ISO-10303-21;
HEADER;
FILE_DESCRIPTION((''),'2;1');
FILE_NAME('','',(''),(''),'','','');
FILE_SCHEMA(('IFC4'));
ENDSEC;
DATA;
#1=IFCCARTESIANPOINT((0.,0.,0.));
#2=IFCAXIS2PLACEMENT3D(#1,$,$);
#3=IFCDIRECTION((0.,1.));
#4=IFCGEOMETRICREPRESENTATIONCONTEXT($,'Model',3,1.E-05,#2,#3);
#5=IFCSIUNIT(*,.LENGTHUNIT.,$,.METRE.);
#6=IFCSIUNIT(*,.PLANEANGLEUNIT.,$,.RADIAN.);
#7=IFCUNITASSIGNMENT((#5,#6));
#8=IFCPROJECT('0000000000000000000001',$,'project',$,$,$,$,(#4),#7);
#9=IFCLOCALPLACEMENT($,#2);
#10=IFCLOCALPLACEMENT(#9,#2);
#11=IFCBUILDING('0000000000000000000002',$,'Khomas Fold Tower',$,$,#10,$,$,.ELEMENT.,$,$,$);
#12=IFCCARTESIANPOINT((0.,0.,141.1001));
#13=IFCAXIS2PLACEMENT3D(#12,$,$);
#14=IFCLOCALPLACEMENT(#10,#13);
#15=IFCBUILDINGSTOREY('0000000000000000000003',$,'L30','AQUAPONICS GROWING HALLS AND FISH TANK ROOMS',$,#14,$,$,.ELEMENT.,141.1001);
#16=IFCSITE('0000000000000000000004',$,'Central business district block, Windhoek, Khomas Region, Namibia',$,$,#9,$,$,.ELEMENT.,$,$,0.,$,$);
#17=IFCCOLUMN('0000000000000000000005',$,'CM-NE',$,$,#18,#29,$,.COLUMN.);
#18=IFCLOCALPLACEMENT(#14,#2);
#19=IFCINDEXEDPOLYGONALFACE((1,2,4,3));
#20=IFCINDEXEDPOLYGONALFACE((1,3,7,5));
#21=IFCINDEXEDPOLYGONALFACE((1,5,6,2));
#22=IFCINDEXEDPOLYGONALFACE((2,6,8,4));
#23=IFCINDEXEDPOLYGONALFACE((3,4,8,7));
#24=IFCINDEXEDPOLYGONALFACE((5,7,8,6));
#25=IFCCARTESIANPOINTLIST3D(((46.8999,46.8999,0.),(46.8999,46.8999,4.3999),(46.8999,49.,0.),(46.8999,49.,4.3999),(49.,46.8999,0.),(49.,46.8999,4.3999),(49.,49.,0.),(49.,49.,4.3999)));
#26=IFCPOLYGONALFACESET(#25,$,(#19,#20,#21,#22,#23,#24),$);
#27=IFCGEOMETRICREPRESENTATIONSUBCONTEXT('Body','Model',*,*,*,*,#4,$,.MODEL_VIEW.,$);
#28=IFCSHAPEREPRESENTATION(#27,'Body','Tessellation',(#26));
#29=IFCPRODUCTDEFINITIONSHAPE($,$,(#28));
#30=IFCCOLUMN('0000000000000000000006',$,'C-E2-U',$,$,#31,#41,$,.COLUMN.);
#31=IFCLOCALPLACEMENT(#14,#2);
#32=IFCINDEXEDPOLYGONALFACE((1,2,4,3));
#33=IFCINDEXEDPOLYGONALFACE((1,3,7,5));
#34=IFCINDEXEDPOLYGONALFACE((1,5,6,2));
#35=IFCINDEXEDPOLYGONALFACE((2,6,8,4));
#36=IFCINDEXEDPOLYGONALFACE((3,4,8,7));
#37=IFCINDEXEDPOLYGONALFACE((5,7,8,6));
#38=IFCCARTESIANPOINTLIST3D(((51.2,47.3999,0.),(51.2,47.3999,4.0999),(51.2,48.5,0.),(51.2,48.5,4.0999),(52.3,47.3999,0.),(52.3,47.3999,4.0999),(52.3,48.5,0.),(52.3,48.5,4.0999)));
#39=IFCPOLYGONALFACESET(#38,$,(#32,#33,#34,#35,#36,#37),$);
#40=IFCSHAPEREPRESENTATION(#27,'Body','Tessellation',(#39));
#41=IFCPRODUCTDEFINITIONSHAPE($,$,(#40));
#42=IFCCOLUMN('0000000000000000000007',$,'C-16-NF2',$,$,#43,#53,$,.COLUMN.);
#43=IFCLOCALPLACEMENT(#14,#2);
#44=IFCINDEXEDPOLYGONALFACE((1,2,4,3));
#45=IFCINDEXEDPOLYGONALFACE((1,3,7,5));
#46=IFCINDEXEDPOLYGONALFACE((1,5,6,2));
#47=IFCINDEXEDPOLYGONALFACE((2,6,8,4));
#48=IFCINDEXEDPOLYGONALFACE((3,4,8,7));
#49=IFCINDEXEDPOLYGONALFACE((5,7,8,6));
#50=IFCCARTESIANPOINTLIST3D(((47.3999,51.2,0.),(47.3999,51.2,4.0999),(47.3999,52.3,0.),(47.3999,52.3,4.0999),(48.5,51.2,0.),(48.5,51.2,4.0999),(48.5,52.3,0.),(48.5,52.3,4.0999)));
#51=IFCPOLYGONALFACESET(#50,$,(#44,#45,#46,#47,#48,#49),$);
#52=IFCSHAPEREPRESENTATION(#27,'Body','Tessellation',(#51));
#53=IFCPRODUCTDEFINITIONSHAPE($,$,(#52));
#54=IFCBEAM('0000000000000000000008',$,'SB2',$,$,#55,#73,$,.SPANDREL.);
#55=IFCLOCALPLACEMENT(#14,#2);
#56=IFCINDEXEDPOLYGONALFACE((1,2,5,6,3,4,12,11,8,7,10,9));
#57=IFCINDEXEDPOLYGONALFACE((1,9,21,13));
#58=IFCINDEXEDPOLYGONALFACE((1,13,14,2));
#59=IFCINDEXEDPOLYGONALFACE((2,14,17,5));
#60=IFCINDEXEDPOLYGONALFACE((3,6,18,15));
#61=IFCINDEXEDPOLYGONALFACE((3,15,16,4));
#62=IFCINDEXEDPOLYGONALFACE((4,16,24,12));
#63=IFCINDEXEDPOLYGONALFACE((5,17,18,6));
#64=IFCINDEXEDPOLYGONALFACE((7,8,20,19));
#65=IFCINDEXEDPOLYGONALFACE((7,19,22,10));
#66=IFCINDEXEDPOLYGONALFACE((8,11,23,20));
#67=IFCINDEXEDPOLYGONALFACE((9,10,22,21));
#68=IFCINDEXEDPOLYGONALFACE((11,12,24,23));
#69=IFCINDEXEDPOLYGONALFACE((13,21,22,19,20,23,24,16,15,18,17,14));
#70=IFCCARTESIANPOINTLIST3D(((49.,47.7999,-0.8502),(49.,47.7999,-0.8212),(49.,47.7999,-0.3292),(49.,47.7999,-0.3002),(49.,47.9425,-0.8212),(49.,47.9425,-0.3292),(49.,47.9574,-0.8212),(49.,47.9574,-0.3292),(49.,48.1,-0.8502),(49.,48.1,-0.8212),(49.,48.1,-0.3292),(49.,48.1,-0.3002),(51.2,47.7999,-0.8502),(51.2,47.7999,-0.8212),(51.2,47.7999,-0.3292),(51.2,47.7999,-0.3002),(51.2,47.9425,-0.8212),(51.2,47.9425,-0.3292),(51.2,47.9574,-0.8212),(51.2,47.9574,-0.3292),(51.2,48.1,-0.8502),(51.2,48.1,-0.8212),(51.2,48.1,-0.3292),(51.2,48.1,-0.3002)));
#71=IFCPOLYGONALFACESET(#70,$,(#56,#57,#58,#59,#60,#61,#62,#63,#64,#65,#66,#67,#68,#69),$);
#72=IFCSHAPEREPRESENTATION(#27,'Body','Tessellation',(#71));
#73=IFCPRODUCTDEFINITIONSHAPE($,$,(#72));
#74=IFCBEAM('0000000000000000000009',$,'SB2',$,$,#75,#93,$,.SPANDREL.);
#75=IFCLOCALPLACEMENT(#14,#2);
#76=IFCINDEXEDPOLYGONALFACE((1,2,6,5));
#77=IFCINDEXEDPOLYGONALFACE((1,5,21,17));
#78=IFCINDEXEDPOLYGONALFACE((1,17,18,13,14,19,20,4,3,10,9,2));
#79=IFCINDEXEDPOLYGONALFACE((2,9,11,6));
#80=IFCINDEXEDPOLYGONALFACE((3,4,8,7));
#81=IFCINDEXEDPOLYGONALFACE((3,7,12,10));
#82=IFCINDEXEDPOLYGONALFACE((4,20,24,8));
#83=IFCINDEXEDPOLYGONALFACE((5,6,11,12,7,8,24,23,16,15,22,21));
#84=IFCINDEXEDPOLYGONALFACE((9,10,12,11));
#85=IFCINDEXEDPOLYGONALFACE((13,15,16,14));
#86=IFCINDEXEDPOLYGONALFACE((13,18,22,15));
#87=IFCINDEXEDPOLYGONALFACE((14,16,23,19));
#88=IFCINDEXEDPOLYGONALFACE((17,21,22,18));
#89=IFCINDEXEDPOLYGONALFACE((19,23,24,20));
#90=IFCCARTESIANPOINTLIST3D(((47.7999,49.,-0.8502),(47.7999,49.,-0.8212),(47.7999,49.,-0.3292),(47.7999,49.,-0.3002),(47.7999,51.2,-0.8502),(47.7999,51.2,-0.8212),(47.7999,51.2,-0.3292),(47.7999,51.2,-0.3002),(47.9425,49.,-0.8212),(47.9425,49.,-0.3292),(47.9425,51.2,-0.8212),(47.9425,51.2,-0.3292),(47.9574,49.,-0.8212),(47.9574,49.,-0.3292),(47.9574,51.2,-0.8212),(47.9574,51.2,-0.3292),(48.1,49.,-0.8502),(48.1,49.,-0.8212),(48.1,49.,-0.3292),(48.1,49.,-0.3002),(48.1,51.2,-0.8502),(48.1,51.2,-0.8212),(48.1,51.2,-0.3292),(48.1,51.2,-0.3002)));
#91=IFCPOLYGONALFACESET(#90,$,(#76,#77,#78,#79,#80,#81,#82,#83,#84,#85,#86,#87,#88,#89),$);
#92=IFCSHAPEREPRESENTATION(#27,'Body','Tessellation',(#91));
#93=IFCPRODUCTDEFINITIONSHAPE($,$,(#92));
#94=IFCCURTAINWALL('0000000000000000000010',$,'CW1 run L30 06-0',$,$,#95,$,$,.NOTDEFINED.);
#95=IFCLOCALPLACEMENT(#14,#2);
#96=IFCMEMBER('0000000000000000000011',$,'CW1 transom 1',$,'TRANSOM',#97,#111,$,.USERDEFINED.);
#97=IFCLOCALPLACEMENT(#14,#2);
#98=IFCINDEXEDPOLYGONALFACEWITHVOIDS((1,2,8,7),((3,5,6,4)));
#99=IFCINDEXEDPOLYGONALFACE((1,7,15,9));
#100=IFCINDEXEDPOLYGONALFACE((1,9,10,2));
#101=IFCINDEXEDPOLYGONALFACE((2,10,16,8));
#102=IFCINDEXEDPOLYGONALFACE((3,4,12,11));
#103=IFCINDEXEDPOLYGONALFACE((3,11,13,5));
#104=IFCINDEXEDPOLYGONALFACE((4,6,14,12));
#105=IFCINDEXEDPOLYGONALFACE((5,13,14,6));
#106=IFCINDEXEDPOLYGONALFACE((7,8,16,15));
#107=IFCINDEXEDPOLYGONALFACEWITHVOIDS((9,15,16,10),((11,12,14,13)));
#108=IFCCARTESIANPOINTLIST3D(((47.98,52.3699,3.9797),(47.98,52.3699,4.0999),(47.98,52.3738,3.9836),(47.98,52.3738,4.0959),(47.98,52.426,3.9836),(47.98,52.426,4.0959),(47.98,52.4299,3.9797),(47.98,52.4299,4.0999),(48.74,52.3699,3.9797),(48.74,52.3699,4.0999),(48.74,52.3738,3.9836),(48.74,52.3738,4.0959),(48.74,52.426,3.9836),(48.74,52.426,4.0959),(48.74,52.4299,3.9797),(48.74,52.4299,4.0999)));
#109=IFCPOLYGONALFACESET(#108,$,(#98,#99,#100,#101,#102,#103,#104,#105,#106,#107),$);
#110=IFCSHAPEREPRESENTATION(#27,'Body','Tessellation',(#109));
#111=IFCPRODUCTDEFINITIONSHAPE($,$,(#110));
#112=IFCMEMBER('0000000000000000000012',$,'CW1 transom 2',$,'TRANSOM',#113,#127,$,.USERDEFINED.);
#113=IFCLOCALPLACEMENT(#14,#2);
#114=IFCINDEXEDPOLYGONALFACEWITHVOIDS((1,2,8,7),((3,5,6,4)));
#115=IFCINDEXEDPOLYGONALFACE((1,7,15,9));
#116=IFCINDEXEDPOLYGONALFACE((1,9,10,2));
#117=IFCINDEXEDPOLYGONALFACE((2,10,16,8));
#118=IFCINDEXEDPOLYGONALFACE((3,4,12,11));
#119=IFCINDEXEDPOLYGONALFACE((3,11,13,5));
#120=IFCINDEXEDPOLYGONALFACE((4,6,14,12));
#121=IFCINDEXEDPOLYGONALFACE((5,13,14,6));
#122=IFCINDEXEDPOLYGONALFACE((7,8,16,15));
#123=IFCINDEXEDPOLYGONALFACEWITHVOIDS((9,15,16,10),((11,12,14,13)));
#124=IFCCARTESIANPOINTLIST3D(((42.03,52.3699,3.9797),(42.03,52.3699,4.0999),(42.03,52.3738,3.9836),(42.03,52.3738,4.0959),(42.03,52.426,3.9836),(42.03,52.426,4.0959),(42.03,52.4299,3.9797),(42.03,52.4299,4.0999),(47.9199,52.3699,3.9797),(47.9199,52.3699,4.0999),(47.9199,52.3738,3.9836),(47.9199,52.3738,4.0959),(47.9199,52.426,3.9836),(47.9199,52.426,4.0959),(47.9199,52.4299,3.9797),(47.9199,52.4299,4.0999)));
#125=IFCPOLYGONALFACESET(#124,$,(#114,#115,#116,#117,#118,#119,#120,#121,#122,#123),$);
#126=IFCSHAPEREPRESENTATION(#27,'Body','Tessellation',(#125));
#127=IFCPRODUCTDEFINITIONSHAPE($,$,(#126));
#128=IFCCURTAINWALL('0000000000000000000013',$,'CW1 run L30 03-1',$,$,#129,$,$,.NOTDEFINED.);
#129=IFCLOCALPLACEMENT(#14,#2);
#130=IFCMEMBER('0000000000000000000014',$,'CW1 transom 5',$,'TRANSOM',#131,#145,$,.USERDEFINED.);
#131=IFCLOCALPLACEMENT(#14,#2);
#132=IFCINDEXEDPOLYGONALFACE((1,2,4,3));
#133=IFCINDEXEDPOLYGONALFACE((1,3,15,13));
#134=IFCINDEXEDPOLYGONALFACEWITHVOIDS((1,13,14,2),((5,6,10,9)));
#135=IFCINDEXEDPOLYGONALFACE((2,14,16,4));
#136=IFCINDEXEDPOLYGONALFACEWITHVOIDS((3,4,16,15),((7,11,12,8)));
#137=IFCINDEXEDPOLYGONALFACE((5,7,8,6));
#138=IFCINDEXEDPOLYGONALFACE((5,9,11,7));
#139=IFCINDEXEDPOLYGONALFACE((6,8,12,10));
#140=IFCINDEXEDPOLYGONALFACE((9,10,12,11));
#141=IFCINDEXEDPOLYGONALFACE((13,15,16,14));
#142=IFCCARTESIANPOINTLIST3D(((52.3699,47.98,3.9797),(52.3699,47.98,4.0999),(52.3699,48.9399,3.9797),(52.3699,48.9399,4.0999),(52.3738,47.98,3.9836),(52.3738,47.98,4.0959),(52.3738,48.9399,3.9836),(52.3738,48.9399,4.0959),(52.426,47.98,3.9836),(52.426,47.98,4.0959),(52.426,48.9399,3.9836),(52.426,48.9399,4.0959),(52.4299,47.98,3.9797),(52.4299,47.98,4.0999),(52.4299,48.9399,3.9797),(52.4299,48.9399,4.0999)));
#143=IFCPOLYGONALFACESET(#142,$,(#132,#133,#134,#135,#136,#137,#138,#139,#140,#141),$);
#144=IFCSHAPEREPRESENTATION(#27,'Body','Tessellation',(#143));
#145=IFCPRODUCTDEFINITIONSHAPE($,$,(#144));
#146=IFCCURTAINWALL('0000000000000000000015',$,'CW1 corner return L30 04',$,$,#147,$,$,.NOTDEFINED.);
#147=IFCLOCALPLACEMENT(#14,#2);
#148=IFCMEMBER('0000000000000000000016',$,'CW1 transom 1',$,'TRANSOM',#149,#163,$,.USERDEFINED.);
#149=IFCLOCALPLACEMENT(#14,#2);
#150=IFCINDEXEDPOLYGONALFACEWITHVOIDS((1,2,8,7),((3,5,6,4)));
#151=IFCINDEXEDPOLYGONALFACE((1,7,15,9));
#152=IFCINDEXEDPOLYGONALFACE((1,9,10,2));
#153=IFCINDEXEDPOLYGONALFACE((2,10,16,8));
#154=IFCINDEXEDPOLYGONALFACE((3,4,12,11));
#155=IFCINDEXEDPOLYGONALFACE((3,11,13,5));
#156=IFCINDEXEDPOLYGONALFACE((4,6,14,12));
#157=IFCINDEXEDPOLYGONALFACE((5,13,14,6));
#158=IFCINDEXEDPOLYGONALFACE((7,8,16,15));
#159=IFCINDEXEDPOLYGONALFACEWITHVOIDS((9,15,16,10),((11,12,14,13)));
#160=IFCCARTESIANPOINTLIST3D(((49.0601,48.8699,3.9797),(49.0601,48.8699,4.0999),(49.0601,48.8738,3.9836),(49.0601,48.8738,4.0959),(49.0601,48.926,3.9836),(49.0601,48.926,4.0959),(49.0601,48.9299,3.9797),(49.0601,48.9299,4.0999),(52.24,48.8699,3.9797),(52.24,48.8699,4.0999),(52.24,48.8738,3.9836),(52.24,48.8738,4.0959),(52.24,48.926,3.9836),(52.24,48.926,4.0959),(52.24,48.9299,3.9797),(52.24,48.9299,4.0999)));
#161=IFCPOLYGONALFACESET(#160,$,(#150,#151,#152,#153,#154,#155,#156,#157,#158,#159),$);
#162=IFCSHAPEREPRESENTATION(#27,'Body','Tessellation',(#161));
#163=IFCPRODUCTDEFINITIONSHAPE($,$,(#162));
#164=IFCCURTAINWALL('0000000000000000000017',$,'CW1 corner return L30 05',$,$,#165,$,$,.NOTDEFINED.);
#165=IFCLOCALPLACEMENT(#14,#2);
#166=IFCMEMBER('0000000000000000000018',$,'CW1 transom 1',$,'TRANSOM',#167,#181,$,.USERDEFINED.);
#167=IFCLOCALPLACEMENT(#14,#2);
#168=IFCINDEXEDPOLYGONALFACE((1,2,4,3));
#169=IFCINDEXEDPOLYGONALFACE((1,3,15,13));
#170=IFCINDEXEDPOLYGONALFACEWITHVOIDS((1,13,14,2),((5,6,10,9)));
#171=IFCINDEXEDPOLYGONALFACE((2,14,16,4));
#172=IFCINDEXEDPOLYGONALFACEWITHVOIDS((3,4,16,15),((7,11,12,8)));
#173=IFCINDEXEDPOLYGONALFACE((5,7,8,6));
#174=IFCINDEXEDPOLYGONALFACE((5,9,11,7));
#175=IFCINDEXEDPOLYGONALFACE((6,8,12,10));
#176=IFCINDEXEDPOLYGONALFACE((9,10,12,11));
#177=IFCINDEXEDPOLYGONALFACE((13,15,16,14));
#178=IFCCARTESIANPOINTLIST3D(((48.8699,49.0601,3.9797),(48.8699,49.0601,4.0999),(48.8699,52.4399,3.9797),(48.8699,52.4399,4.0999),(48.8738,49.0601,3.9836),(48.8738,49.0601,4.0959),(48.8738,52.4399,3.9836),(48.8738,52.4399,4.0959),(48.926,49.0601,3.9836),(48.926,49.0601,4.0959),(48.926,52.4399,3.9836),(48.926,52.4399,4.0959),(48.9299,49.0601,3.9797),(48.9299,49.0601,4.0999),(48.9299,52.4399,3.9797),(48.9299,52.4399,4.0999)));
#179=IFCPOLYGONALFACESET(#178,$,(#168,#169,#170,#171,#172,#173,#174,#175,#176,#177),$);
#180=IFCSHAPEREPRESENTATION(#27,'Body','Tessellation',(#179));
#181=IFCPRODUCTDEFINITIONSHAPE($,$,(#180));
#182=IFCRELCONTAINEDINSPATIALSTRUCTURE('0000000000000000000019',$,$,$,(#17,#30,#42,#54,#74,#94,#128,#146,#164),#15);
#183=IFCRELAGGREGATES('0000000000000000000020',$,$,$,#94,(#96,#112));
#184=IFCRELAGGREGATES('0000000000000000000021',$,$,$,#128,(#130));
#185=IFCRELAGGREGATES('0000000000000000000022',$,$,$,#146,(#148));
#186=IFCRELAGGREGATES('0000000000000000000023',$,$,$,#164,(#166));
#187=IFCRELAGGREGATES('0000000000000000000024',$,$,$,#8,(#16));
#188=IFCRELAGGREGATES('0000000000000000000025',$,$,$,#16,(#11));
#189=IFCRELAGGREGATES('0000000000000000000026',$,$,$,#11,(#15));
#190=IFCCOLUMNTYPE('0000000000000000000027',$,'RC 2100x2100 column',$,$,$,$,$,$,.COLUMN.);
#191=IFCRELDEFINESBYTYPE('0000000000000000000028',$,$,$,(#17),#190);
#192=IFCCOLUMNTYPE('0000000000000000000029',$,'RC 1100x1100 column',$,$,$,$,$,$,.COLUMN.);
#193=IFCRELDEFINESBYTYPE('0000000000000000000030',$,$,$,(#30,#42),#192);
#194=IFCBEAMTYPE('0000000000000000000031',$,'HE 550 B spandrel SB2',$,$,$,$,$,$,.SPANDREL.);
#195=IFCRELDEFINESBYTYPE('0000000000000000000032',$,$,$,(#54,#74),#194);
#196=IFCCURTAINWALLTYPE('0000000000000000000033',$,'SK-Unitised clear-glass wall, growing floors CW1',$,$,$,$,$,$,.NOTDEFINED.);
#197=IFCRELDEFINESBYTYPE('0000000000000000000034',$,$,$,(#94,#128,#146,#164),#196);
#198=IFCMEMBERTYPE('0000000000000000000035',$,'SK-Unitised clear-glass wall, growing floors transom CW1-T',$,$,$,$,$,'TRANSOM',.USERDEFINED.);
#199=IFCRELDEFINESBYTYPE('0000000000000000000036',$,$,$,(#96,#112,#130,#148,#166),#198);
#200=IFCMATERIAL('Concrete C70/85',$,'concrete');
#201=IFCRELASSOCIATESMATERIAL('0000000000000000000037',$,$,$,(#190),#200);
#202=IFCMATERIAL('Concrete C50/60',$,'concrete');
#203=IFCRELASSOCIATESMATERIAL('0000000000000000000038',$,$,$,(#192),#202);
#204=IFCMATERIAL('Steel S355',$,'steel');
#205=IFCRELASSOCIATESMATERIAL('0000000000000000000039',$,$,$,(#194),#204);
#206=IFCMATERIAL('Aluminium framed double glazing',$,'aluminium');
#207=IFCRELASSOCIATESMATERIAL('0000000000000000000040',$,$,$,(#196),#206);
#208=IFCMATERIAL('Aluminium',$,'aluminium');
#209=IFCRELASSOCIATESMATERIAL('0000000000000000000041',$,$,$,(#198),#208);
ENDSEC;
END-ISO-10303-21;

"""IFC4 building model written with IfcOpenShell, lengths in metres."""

from ifc_helpers import new_model, si_unit, direction, frame, origin, origin_2d, place, context, subcontext, project, spatial, rectangle, hollow_rectangle, i_section, extrude, source, transform, mapped, material, material_profile, profile_set, type_object, element, aggregate, save


model = new_model("IFC4")

# Units and contexts
model_context = context("Model", 3, precision=1e-05, world=origin(), true_north=direction((0.0, 1.0)))
body_context = subcontext(model_context, "Body", "Model", "MODEL_VIEW")
ifc_project = project(units=[si_unit("LENGTHUNIT", "METRE"), si_unit("PLANEANGLEUNIT", "RADIAN")], contexts=[model_context])

# Site, building, storey
site_placement = place(None, origin())
site = spatial("IfcSite", under=ifc_project, at=site_placement, Name="Central business district block, Windhoek, Khomas Region, Namibia", CompositionType="ELEMENT", RefElevation=0.0)
building_placement = place(site_placement, origin())
building = spatial("IfcBuilding", under=site, at=building_placement, Name="Khomas Fold Tower", CompositionType="ELEMENT")
storey_placement = place(building_placement, frame((0.0, 0.0, 141.1001)))
storey = spatial("IfcBuildingStorey", under=building, at=storey_placement, Name="L30", Description="AQUAPONICS GROWING HALLS AND FISH TANK ROOMS", CompositionType="ELEMENT", Elevation=141.1001)

# Columns
ifc_material_1 = material(Name="Concrete C70/85", Category="concrete")
ifc_material_profile_1 = material_profile(ifc_material_1, rectangle(XDim=2.1001, YDim=2.1001, at=origin_2d()), Name="RC 2100x2100")
ifc_profile_set_1 = profile_set([ifc_material_profile_1], Name="Concrete C70/85")
column_type_1 = type_object("IfcColumnType", Name="RC 2100x2100 column", PredefinedType="COLUMN", material=ifc_profile_set_1)
shared_shape_1 = source(origin(), body_context, "Body", "SweptSolid", [
    extrude(rectangle(XDim=2.1001, YDim=2.1001, at=origin_2d()), origin(), (0.0, 0.0, 1.0), 4.3999),
])
column_placement = place(storey_placement, frame((47.95, 47.95, 0.0), z_axis=(0.0, 0.0, 1.0), x_axis=(1.0, 0.0, 0.0)))
element("IfcColumn", 1, at=column_placement, inside=storey, type_object=column_type_1, Name="CM-NE", PredefinedType="COLUMN", context=body_context, shape_type="MappedRepresentation", body=[
    mapped(shared_shape_1, transform((0.0, 0.0, 0.0))),
])
ifc_material_2 = material(Name="Concrete C50/60", Category="concrete")
ifc_material_profile_2 = material_profile(ifc_material_2, rectangle(XDim=1.1001, YDim=1.1001, at=origin_2d()), Name="RC 1100x1100")
ifc_profile_set_2 = profile_set([ifc_material_profile_2], Name="Concrete C50/60")
column_type_2 = type_object("IfcColumnType", Name="RC 1100x1100 column", PredefinedType="COLUMN", material=ifc_profile_set_2)
shared_shape_2 = source(origin(), body_context, "Body", "SweptSolid", [
    extrude(rectangle(XDim=1.1001, YDim=1.1001, at=origin_2d()), origin(), (0.0, 0.0, 1.0), 4.0999),
])
for number, where, z_axis, x_axis, name in (
    (2, (51.75, 47.95, 0.0), (0.0, 0.0, 1.0), (1.0, 0.0, 0.0), "C-E2-U"),
    (3, (47.95, 51.75, 0.0), (0.0, 0.0, 1.0), (1.0, 0.0, 0.0), "C-16-NF2"),
):
    element("IfcColumn", number, at=place(storey_placement, frame(where, z_axis=z_axis, x_axis=x_axis)), inside=storey, type_object=column_type_2, Name=name, PredefinedType="COLUMN", context=body_context, shape_type="MappedRepresentation", body=[
        mapped(shared_shape_2, transform((0.0, 0.0, 0.0))),
    ])

# Beams
ifc_material_3 = material(Name="Steel S355", Category="steel")
ifc_material_profile_3 = material_profile(ifc_material_3, i_section(OverallWidth=0.3, OverallDepth=0.55, WebThickness=0.0149, FlangeThickness=0.0291, at=origin_2d()), Name="HE 550 B")
ifc_profile_set_3 = profile_set([ifc_material_profile_3], Name="Steel S355")
beam_type = type_object("IfcBeamType", Name="HE 550 B spandrel SB2", PredefinedType="SPANDREL", material=ifc_profile_set_3)
shared_shape_3 = source(origin(), body_context, "Body", "SweptSolid", [
    extrude(i_section(OverallWidth=0.3, OverallDepth=0.55, WebThickness=0.0149, FlangeThickness=0.0291, at=origin_2d()), origin(), (0.0, 0.0, 1.0), 2.2),
])
for number, where, z_axis, x_axis, name in (
    (4, (49.0, 47.95, -0.5752), (1.0, 0.0, 0.0), (0.0, 1.0, 0.0), "SB2"),
    (5, (47.95, 49.0, -0.5752), (0.0, 1.0, 0.0), (-1.0, 0.0, 0.0), "SB2"),
):
    element("IfcBeam", number, at=place(storey_placement, frame(where, z_axis=z_axis, x_axis=x_axis)), inside=storey, type_object=beam_type, Name=name, PredefinedType="SPANDREL", context=body_context, shape_type="MappedRepresentation", body=[
        mapped(shared_shape_3, transform((0.0, 0.0, 0.0))),
    ])

# Curtain wall, members
ifc_material_4 = material(Name="Aluminium framed double glazing", Category="aluminium")
curtain_wall_type = type_object("IfcCurtainWallType", Name="SK-Unitised clear-glass wall, growing floors CW1", PredefinedType="NOTDEFINED", material=ifc_material_4)
curtain_wall_1_placement = place(storey_placement, origin())
curtain_wall_1 = element("IfcCurtainWall", 6, at=curtain_wall_1_placement, inside=storey, type_object=curtain_wall_type, Name="CW1 run L30 06-0", PredefinedType="NOTDEFINED")
ifc_material_5 = material(Name="Aluminium", Category="aluminium")
ifc_material_profile_4 = material_profile(ifc_material_5, hollow_rectangle(XDim=0.0601, YDim=0.1201, WallThickness=0.0039, at=origin_2d()), Name="SK-Unitised clear-glass wall, growing floors transom CW1-T")
ifc_profile_set_4 = profile_set([ifc_material_profile_4], Name="Aluminium")
member_type_1 = type_object("IfcMemberType", Name="SK-Unitised clear-glass wall, growing floors transom CW1-T", ElementType="TRANSOM", PredefinedType="USERDEFINED", material=ifc_profile_set_4)
shared_shape_4 = source(origin(), body_context, "Body", "SweptSolid", [
    extrude(hollow_rectangle(XDim=0.0601, YDim=0.1201, WallThickness=0.0039, at=origin_2d()), origin(), (0.0, 0.0, 1.0), 0.76),
])
member_1_placement = place(storey_placement, frame((48.74, 52.3999, 4.0398), z_axis=(-1.0, 0.0, 0.0), x_axis=(0.0, -1.0, 0.0)))
member_1 = element("IfcMember", 7, at=member_1_placement, type_object=member_type_1, Name="CW1 transom 1", ObjectType="TRANSOM", PredefinedType="USERDEFINED", context=body_context, shape_type="MappedRepresentation", body=[
    mapped(shared_shape_4, transform((0.0, 0.0, 0.0))),
])
shared_shape_5 = source(origin(), body_context, "Body", "SweptSolid", [
    extrude(hollow_rectangle(XDim=0.0601, YDim=0.1201, WallThickness=0.0039, at=origin_2d()), origin(), (0.0, 0.0, 1.0), 5.8899),
])
member_2_placement = place(storey_placement, frame((47.9199, 52.3999, 4.0398), z_axis=(-1.0, 0.0, 0.0), x_axis=(0.0, -1.0, 0.0)))
member_2 = element("IfcMember", 8, at=member_2_placement, type_object=member_type_1, Name="CW1 transom 2", ObjectType="TRANSOM", PredefinedType="USERDEFINED", context=body_context, shape_type="MappedRepresentation", body=[
    mapped(shared_shape_5, transform((0.0, 0.0, 0.0))),
])

# Curtain walls, members
curtain_wall_2_placement = place(storey_placement, origin())
curtain_wall_2 = element("IfcCurtainWall", 9, at=curtain_wall_2_placement, inside=storey, type_object=curtain_wall_type, Name="CW1 run L30 03-1", PredefinedType="NOTDEFINED")
shared_shape_6 = source(origin(), body_context, "Body", "SweptSolid", [
    extrude(hollow_rectangle(XDim=0.0601, YDim=0.1201, WallThickness=0.0039, at=origin_2d()), origin(), (0.0, 0.0, 1.0), 0.96),
])
member_3_placement = place(storey_placement, frame((52.3999, 47.98, 4.0398), z_axis=(0.0, 1.0, 0.0), x_axis=(-1.0, 0.0, 0.0)))
member_3 = element("IfcMember", 10, at=member_3_placement, type_object=member_type_1, Name="CW1 transom 5", ObjectType="TRANSOM", PredefinedType="USERDEFINED", context=body_context, shape_type="MappedRepresentation", body=[
    mapped(shared_shape_6, transform((0.0, 0.0, 0.0))),
])
curtain_wall_3_placement = place(storey_placement, origin())
curtain_wall_3 = element("IfcCurtainWall", 11, at=curtain_wall_3_placement, inside=storey, type_object=curtain_wall_type, Name="CW1 corner return L30 04", PredefinedType="NOTDEFINED")
shared_shape_7 = source(origin(), body_context, "Body", "SweptSolid", [
    extrude(hollow_rectangle(XDim=0.0601, YDim=0.1201, WallThickness=0.0039, at=origin_2d()), origin(), (0.0, 0.0, 1.0), 3.1799),
])
member_4_placement = place(storey_placement, frame((52.24, 48.8999, 4.0398), z_axis=(-1.0, 0.0, 0.0), x_axis=(0.0, -1.0, 0.0)))
member_4 = element("IfcMember", 12, at=member_4_placement, type_object=member_type_1, Name="CW1 transom 1", ObjectType="TRANSOM", PredefinedType="USERDEFINED", context=body_context, shape_type="MappedRepresentation", body=[
    mapped(shared_shape_7, transform((0.0, 0.0, 0.0))),
])
curtain_wall_4_placement = place(storey_placement, origin())
curtain_wall_4 = element("IfcCurtainWall", 13, at=curtain_wall_4_placement, inside=storey, type_object=curtain_wall_type, Name="CW1 corner return L30 05", PredefinedType="NOTDEFINED")
shared_shape_8 = source(origin(), body_context, "Body", "SweptSolid", [
    extrude(hollow_rectangle(XDim=0.0601, YDim=0.1201, WallThickness=0.0039, at=origin_2d()), origin(), (0.0, 0.0, 1.0), 3.3799),
])
member_5_placement = place(storey_placement, frame((48.8999, 49.0601, 4.0398), z_axis=(0.0, 1.0, 0.0), x_axis=(-1.0, 0.0, 0.0)))
member_5 = element("IfcMember", 14, at=member_5_placement, type_object=member_type_1, Name="CW1 transom 1", ObjectType="TRANSOM", PredefinedType="USERDEFINED", context=body_context, shape_type="MappedRepresentation", body=[
    mapped(shared_shape_8, transform((0.0, 0.0, 0.0))),
])

aggregate(curtain_wall_1, [member_1, member_2])
aggregate(curtain_wall_2, [member_3])
aggregate(curtain_wall_3, [member_4])
aggregate(curtain_wall_4, [member_5])

save(model, "model.ifc")
